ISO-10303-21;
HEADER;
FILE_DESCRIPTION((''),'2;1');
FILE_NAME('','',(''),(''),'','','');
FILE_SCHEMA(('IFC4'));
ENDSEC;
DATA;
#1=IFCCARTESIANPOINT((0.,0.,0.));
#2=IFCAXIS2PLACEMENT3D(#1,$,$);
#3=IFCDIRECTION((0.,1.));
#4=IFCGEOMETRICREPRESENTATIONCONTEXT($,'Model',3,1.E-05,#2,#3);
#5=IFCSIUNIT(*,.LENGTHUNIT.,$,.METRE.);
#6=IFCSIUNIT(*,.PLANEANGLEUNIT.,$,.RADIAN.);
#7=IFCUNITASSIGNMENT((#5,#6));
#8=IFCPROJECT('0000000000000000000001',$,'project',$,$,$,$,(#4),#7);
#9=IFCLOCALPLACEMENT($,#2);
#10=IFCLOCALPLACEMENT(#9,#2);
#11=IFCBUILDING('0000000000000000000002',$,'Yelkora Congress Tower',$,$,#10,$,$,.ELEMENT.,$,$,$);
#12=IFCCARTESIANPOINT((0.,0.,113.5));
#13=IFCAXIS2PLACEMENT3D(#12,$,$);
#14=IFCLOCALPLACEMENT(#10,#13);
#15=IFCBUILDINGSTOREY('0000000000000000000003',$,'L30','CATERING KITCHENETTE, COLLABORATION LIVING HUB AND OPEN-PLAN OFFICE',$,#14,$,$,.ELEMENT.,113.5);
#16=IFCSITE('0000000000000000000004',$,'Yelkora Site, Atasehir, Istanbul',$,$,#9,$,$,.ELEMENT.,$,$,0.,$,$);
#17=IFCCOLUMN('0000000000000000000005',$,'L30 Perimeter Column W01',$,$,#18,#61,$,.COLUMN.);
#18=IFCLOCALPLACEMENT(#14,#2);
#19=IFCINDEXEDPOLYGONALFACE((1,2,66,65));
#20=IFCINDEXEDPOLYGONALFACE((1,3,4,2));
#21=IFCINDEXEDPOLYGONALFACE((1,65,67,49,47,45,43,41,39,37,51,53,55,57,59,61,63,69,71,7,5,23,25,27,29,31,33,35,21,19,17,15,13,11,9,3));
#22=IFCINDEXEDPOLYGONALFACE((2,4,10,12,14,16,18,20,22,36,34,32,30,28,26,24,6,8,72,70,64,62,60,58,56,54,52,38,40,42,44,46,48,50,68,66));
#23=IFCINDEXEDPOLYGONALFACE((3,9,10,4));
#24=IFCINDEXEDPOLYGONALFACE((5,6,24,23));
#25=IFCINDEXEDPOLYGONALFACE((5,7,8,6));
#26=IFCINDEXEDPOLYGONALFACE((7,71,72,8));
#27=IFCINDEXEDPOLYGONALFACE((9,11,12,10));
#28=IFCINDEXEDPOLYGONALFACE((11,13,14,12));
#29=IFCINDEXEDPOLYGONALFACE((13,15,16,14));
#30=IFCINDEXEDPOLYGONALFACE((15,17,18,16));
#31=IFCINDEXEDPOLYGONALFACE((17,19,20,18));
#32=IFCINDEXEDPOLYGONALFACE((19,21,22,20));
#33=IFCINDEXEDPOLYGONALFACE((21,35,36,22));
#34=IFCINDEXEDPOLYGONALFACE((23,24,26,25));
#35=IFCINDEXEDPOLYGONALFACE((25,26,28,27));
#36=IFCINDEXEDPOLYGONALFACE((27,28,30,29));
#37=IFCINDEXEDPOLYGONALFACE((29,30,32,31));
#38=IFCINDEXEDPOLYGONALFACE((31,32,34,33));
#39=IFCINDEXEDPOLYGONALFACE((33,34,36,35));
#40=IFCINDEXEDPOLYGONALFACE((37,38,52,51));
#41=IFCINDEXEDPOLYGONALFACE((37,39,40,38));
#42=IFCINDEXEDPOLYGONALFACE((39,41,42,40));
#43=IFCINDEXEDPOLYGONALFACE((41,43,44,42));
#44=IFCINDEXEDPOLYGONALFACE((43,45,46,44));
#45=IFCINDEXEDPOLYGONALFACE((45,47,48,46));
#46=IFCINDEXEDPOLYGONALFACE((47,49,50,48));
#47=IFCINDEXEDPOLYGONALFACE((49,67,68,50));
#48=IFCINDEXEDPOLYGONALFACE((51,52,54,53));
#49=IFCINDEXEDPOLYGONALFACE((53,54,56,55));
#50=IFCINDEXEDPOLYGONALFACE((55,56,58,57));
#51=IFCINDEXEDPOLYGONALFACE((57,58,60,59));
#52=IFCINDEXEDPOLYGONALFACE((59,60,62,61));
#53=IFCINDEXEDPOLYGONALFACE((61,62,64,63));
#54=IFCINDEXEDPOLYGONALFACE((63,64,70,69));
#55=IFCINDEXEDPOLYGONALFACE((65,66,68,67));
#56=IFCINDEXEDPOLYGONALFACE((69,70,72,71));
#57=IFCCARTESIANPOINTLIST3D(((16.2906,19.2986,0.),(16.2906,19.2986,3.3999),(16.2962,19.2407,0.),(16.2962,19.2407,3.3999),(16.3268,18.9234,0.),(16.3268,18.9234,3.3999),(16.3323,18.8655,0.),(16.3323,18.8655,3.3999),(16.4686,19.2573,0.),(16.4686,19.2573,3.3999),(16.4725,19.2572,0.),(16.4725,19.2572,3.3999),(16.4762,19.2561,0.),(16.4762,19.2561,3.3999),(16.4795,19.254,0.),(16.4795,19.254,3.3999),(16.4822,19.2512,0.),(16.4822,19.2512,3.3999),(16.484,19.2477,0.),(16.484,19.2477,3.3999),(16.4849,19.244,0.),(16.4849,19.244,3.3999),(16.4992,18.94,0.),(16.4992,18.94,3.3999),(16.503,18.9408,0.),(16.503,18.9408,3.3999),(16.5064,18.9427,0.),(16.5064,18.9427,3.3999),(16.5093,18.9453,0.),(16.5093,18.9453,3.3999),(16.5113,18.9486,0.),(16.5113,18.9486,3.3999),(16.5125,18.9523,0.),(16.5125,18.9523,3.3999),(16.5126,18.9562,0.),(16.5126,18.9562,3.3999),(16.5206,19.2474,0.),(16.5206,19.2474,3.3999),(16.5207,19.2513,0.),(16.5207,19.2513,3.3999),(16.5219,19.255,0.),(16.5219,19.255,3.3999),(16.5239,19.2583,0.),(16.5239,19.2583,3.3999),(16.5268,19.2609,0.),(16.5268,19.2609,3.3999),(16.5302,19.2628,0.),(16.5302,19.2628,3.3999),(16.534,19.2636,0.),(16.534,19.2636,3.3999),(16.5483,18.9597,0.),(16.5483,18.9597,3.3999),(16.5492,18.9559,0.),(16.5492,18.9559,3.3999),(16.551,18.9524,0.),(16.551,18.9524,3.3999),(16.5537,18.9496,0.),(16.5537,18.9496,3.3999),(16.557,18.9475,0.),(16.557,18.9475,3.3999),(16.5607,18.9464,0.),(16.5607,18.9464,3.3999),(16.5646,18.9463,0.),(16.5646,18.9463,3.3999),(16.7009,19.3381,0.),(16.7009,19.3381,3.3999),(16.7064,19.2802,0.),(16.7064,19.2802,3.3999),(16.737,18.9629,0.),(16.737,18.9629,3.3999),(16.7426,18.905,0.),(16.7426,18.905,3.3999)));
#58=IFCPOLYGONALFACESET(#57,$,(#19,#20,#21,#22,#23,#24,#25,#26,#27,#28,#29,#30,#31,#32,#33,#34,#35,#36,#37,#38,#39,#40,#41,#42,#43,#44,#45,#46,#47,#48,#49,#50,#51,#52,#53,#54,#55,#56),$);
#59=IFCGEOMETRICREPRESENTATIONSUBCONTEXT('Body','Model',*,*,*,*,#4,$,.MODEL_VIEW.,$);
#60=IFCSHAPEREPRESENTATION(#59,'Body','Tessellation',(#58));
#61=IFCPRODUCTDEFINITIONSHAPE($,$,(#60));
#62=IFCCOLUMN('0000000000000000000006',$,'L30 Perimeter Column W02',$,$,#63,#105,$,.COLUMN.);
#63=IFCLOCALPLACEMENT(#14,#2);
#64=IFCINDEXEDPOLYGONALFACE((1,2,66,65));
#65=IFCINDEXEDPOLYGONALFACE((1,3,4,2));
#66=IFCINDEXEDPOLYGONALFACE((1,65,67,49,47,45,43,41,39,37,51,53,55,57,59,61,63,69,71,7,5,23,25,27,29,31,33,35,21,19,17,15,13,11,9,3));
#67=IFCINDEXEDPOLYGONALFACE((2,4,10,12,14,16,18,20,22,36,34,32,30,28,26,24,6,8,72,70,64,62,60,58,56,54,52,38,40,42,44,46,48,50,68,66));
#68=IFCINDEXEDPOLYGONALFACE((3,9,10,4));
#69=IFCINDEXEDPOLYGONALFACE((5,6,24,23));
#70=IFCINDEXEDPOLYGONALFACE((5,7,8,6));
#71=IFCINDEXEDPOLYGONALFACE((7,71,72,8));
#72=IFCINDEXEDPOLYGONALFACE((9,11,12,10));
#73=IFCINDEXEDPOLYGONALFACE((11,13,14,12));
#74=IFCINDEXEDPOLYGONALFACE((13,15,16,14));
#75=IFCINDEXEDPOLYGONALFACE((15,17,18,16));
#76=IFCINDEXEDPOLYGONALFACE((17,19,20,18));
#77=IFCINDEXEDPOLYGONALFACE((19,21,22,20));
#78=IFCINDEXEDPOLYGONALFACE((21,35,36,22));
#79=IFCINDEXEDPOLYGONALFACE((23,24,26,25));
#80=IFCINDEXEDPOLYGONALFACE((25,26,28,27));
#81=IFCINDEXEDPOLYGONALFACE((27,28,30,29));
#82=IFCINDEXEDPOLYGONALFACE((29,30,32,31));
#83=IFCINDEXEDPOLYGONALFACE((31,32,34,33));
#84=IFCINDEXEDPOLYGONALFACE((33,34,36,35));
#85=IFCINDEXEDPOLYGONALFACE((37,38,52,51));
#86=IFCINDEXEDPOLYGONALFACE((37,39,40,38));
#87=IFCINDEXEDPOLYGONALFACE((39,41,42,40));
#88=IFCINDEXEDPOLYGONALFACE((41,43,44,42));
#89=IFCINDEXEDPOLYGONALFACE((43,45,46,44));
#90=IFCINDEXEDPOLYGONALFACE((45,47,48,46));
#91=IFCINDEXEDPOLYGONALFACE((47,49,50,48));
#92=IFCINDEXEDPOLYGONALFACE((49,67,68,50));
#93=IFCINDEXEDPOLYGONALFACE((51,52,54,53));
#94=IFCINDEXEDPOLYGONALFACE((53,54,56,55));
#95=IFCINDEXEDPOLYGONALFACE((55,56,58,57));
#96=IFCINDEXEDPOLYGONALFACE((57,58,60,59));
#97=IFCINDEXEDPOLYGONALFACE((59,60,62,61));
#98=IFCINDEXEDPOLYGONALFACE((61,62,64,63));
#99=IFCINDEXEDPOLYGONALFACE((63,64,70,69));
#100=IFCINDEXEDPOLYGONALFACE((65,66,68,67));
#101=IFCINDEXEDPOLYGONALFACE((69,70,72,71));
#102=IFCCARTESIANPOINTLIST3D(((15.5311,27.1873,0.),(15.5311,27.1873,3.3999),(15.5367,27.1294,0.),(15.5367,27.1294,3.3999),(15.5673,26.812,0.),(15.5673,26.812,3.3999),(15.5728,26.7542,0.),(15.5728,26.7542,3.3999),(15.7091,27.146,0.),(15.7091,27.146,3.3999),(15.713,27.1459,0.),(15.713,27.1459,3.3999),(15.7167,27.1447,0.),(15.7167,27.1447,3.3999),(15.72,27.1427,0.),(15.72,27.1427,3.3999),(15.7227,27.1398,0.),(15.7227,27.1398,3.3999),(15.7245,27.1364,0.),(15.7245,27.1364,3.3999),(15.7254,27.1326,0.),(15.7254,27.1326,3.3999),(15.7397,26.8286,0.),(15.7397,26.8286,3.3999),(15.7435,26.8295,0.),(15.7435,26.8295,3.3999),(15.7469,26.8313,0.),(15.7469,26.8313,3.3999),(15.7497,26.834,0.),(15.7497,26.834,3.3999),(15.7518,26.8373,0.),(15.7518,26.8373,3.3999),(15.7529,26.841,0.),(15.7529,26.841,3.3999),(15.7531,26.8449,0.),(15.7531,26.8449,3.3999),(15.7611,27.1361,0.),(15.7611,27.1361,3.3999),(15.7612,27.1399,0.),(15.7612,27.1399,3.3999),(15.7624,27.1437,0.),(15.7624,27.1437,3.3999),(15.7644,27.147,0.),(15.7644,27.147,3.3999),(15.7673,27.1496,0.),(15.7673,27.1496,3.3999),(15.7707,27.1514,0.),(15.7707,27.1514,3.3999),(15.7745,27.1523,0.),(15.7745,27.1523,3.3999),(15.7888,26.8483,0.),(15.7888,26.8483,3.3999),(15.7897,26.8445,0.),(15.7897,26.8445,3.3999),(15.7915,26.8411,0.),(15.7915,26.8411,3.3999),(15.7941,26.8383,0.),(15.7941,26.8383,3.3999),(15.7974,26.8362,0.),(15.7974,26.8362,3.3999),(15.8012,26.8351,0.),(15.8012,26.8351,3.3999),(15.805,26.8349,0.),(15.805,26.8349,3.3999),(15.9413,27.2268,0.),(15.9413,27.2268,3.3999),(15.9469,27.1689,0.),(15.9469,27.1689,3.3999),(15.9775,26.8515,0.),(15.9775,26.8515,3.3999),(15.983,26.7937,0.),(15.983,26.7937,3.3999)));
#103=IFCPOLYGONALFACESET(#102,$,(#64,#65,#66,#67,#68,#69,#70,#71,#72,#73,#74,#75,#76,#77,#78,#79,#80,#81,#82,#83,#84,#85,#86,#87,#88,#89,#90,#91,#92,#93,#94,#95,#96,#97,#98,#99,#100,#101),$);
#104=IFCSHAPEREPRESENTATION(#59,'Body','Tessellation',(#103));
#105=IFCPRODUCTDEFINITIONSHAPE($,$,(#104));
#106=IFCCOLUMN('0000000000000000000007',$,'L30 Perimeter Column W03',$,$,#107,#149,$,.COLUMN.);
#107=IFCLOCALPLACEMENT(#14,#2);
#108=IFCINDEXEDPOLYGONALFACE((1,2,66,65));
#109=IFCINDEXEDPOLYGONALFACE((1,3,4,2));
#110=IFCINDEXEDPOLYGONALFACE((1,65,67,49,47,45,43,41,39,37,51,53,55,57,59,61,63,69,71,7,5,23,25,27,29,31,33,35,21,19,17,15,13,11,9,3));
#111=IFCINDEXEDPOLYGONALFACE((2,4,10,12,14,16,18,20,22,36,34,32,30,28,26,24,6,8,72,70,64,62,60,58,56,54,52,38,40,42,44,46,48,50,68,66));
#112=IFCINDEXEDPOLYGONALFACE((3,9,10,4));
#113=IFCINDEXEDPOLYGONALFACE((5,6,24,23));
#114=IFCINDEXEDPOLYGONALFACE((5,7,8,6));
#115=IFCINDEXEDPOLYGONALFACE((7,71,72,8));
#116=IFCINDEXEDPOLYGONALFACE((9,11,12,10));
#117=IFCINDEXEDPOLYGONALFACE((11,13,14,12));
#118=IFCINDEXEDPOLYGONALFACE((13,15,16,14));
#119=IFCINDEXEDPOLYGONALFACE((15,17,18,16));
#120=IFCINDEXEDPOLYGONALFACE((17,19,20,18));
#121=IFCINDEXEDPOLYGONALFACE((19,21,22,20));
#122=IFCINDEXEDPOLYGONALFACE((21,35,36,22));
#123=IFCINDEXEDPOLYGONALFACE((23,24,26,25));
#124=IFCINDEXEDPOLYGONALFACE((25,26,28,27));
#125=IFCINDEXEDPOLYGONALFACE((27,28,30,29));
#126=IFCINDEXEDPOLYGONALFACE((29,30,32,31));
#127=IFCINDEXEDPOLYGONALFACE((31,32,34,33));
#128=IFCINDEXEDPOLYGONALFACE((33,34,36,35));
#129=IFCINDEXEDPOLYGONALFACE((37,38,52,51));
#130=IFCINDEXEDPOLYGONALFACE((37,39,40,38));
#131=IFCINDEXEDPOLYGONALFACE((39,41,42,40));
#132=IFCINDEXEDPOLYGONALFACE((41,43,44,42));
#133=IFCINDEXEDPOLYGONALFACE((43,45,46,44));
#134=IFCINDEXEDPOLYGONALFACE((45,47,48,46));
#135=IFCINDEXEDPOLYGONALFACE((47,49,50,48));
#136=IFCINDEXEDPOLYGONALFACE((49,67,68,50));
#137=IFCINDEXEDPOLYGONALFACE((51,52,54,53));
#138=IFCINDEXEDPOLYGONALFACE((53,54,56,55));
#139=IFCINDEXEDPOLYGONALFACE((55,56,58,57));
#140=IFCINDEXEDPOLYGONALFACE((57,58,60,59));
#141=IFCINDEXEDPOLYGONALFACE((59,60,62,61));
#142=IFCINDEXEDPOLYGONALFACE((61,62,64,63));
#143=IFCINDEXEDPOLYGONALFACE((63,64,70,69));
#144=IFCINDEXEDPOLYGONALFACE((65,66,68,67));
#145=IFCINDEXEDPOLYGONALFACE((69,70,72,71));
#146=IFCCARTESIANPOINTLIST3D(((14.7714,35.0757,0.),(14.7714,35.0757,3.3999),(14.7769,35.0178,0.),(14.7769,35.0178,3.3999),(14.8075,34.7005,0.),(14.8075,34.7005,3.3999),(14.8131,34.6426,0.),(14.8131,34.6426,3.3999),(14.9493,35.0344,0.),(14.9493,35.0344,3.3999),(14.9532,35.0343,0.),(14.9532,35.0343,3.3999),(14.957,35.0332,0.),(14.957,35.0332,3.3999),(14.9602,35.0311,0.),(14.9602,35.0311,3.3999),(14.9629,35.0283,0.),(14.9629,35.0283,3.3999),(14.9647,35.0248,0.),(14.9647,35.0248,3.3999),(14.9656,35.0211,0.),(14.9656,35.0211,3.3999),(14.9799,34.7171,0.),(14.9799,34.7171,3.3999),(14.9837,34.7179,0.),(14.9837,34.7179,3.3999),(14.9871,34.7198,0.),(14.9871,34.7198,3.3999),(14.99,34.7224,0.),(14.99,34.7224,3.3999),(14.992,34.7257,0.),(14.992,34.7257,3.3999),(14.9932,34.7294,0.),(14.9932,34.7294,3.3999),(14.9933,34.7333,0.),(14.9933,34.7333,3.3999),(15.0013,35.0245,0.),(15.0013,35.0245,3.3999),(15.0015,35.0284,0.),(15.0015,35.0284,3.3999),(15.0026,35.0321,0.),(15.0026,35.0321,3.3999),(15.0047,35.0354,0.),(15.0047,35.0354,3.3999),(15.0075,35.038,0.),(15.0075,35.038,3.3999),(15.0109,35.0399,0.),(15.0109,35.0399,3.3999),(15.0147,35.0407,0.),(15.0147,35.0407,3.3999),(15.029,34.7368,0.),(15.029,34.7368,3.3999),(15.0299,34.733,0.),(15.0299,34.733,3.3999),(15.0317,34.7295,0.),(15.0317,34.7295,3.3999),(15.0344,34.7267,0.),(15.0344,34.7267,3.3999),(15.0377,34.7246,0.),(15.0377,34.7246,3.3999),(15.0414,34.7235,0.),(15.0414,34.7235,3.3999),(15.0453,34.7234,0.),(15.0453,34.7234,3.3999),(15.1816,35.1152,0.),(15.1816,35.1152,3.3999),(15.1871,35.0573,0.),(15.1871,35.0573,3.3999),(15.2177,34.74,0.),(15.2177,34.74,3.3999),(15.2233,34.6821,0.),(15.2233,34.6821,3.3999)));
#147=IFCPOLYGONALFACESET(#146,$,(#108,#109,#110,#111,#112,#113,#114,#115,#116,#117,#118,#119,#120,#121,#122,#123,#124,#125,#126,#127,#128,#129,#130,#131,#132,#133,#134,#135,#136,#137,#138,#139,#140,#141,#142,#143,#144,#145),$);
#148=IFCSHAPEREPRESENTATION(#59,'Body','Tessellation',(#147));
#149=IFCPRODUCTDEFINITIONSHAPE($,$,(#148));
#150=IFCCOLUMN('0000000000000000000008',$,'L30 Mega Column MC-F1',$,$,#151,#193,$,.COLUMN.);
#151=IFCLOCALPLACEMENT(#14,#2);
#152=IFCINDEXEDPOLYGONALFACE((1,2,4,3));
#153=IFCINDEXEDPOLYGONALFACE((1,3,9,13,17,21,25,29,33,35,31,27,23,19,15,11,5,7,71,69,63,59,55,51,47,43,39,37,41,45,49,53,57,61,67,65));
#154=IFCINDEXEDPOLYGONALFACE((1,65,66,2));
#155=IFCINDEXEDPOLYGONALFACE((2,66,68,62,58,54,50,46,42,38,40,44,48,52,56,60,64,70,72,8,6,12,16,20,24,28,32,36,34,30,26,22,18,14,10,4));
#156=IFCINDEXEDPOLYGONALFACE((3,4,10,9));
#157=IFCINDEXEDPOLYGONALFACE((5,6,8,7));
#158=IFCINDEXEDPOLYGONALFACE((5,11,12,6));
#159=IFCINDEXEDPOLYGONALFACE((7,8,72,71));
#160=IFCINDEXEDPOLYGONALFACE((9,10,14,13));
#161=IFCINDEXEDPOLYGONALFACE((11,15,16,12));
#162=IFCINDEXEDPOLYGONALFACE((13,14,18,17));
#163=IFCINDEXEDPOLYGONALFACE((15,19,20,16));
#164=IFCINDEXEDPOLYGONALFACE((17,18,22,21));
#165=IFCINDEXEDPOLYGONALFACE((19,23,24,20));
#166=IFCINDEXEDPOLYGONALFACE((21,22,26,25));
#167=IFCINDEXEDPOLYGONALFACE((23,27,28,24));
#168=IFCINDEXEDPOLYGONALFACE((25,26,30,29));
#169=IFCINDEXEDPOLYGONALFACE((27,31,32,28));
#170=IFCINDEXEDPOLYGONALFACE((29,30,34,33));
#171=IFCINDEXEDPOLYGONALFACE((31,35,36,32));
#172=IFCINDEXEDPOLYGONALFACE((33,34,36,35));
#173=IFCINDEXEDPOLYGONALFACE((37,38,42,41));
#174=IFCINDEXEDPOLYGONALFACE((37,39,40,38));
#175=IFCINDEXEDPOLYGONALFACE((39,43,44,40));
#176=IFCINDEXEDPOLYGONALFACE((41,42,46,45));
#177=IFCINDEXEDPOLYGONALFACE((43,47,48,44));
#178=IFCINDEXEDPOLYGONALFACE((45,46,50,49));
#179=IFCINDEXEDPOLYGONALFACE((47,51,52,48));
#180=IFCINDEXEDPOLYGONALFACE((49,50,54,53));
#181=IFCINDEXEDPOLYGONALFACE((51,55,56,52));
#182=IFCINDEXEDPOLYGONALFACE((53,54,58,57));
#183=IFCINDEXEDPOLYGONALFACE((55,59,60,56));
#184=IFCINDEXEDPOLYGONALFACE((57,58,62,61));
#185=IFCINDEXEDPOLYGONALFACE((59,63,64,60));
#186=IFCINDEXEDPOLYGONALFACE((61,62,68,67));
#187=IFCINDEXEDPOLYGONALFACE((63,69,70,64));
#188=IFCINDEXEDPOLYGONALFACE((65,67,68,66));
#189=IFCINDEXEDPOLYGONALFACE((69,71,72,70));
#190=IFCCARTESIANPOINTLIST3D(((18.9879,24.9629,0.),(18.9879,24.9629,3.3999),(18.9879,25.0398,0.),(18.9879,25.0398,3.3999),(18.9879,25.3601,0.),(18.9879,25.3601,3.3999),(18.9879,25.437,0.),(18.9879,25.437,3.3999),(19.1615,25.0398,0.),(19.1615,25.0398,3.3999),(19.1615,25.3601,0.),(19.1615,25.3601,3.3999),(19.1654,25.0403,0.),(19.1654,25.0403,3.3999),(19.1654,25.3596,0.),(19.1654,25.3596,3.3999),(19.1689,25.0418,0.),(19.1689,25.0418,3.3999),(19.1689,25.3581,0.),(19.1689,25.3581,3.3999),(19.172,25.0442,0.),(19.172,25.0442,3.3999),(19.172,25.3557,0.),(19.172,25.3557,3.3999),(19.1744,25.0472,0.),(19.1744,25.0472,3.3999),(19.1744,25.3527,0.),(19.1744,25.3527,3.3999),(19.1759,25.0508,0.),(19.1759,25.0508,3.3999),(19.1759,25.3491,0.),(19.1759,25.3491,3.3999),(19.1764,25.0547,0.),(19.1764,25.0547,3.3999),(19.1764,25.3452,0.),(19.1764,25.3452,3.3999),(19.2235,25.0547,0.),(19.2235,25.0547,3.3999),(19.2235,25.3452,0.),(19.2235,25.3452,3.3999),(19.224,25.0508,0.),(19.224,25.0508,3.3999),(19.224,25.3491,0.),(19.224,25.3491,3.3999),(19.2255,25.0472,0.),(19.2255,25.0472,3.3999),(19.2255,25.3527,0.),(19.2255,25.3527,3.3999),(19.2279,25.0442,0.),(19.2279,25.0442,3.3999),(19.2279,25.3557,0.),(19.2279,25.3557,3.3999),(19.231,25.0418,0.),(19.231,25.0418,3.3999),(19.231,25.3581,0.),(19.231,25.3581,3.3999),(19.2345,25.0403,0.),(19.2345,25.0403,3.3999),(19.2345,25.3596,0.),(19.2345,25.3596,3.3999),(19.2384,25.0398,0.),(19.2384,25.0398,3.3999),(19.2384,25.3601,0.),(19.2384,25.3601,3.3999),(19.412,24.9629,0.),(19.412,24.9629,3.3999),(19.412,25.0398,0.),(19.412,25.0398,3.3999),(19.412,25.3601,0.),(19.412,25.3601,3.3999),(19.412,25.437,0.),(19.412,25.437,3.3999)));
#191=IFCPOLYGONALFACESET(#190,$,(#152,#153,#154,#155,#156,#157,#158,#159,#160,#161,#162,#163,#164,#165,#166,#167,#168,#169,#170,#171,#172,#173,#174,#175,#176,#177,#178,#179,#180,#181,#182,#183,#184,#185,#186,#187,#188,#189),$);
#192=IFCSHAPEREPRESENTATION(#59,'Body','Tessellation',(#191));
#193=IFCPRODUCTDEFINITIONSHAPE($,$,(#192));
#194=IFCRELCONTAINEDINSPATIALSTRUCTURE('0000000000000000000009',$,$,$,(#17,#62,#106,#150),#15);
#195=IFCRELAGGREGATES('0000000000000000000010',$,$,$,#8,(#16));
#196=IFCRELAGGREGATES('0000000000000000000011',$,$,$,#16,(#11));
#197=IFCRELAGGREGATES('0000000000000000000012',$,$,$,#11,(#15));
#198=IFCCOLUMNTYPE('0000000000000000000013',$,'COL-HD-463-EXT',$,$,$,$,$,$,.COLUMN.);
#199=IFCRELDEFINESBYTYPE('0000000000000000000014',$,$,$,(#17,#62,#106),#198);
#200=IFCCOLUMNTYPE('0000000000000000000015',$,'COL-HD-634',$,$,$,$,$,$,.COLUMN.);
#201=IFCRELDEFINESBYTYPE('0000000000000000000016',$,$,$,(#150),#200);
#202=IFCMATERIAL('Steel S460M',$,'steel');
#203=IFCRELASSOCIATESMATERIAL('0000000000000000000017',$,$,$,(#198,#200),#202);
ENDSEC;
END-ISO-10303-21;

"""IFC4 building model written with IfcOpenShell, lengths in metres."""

from ifc_helpers import new_model, si_unit, direction, frame, origin, origin_2d, place, context, subcontext, project, spatial, i_section, extrude, material, material_profile, profile_set, type_object, element, save


model = new_model("IFC4")

# Units and contexts
model_context = context("Model", 3, precision=1e-05, world=origin(), true_north=direction((0.0, 1.0)))
body_context = subcontext(model_context, "Body", "Model", "MODEL_VIEW")
ifc_project = project(units=[si_unit("LENGTHUNIT", "METRE"), si_unit("PLANEANGLEUNIT", "RADIAN")], contexts=[model_context])

# Site, building, storey
site_placement = place(None, origin())
site = spatial("IfcSite", under=ifc_project, at=site_placement, Name="Yelkora Site, Atasehir, Istanbul", CompositionType="ELEMENT", RefElevation=0.0)
building_placement = place(site_placement, origin())
building = spatial("IfcBuilding", under=site, at=building_placement, Name="Yelkora Congress Tower", CompositionType="ELEMENT")
storey_placement = place(building_placement, frame((0.0, 0.0, 113.5)))
storey = spatial("IfcBuildingStorey", under=building, at=storey_placement, Name="L30", Description="CATERING KITCHENETTE, COLLABORATION LIVING HUB AND OPEN-PLAN OFFICE", CompositionType="ELEMENT", Elevation=113.5)

# Columns
ifc_material_1 = material(Name="Steel S460M", Category="steel")
ifc_material_profile_1 = material_profile(ifc_material_1, i_section(OverallWidth=0.4121, OverallDepth=0.4351, WebThickness=0.0359, FlangeThickness=0.0581, FilletRadius=0.0149, at=origin_2d()), Name="HD 400x463")
ifc_profile_set_1 = profile_set([ifc_material_profile_1], Name="Steel S460M")
column_type_1 = type_object("IfcColumnType", Name="COL-HD-463-EXT", PredefinedType="COLUMN", material=ifc_profile_set_1)
for number, where, z_axis, x_axis, name in (
    (1, (16.5166, 19.1018, 0.0), (0.0, 0.0, 1.0), (0.995396, 0.095846, 0.0), "L30 Perimeter Column W01"),
    (2, (15.7571, 26.9905, 0.0), (0.0, 0.0, 1.0), (0.995396, 0.095846, 0.0), "L30 Perimeter Column W02"),
    (3, (14.9973, 34.8789, 0.0), (0.0, 0.0, 1.0), (0.995396, 0.095846, 0.0), "L30 Perimeter Column W03"),
):
    element("IfcColumn", number, at=place(storey_placement, frame(where, z_axis=z_axis, x_axis=x_axis)), inside=storey, type_object=column_type_1, Name=name, PredefinedType="COLUMN", context=body_context, shape_type="SweptSolid", body=[
        extrude(i_section(OverallWidth=0.4121, OverallDepth=0.4351, WebThickness=0.0359, FlangeThickness=0.0581, FilletRadius=0.0149, at=origin_2d()), origin(), (0.0, 0.0, 1.0), 3.3999),
    ])
ifc_material_profile_2 = material_profile(ifc_material_1, i_section(OverallWidth=0.4241, OverallDepth=0.4741, WebThickness=0.0471, FlangeThickness=0.0769, FilletRadius=0.0149, at=origin_2d()), Name="HD 400x634")
ifc_profile_set_2 = profile_set([ifc_material_profile_2], Name="Steel S460M")
column_type_2 = type_object("IfcColumnType", Name="COL-HD-634", PredefinedType="COLUMN", material=ifc_profile_set_2)
column_placement = place(storey_placement, frame((19.2, 25.2, 0.0), z_axis=(0.0, 0.0, 1.0), x_axis=(1.0, 0.0, 0.0)))
element("IfcColumn", 4, at=column_placement, inside=storey, type_object=column_type_2, Name="L30 Mega Column MC-F1", PredefinedType="COLUMN", context=body_context, shape_type="SweptSolid", body=[
    extrude(i_section(OverallWidth=0.4241, OverallDepth=0.4741, WebThickness=0.0471, FlangeThickness=0.0769, FilletRadius=0.0149, at=origin_2d()), origin(), (0.0, 0.0, 1.0), 3.3999),
])

save(model, "model.ifc")
